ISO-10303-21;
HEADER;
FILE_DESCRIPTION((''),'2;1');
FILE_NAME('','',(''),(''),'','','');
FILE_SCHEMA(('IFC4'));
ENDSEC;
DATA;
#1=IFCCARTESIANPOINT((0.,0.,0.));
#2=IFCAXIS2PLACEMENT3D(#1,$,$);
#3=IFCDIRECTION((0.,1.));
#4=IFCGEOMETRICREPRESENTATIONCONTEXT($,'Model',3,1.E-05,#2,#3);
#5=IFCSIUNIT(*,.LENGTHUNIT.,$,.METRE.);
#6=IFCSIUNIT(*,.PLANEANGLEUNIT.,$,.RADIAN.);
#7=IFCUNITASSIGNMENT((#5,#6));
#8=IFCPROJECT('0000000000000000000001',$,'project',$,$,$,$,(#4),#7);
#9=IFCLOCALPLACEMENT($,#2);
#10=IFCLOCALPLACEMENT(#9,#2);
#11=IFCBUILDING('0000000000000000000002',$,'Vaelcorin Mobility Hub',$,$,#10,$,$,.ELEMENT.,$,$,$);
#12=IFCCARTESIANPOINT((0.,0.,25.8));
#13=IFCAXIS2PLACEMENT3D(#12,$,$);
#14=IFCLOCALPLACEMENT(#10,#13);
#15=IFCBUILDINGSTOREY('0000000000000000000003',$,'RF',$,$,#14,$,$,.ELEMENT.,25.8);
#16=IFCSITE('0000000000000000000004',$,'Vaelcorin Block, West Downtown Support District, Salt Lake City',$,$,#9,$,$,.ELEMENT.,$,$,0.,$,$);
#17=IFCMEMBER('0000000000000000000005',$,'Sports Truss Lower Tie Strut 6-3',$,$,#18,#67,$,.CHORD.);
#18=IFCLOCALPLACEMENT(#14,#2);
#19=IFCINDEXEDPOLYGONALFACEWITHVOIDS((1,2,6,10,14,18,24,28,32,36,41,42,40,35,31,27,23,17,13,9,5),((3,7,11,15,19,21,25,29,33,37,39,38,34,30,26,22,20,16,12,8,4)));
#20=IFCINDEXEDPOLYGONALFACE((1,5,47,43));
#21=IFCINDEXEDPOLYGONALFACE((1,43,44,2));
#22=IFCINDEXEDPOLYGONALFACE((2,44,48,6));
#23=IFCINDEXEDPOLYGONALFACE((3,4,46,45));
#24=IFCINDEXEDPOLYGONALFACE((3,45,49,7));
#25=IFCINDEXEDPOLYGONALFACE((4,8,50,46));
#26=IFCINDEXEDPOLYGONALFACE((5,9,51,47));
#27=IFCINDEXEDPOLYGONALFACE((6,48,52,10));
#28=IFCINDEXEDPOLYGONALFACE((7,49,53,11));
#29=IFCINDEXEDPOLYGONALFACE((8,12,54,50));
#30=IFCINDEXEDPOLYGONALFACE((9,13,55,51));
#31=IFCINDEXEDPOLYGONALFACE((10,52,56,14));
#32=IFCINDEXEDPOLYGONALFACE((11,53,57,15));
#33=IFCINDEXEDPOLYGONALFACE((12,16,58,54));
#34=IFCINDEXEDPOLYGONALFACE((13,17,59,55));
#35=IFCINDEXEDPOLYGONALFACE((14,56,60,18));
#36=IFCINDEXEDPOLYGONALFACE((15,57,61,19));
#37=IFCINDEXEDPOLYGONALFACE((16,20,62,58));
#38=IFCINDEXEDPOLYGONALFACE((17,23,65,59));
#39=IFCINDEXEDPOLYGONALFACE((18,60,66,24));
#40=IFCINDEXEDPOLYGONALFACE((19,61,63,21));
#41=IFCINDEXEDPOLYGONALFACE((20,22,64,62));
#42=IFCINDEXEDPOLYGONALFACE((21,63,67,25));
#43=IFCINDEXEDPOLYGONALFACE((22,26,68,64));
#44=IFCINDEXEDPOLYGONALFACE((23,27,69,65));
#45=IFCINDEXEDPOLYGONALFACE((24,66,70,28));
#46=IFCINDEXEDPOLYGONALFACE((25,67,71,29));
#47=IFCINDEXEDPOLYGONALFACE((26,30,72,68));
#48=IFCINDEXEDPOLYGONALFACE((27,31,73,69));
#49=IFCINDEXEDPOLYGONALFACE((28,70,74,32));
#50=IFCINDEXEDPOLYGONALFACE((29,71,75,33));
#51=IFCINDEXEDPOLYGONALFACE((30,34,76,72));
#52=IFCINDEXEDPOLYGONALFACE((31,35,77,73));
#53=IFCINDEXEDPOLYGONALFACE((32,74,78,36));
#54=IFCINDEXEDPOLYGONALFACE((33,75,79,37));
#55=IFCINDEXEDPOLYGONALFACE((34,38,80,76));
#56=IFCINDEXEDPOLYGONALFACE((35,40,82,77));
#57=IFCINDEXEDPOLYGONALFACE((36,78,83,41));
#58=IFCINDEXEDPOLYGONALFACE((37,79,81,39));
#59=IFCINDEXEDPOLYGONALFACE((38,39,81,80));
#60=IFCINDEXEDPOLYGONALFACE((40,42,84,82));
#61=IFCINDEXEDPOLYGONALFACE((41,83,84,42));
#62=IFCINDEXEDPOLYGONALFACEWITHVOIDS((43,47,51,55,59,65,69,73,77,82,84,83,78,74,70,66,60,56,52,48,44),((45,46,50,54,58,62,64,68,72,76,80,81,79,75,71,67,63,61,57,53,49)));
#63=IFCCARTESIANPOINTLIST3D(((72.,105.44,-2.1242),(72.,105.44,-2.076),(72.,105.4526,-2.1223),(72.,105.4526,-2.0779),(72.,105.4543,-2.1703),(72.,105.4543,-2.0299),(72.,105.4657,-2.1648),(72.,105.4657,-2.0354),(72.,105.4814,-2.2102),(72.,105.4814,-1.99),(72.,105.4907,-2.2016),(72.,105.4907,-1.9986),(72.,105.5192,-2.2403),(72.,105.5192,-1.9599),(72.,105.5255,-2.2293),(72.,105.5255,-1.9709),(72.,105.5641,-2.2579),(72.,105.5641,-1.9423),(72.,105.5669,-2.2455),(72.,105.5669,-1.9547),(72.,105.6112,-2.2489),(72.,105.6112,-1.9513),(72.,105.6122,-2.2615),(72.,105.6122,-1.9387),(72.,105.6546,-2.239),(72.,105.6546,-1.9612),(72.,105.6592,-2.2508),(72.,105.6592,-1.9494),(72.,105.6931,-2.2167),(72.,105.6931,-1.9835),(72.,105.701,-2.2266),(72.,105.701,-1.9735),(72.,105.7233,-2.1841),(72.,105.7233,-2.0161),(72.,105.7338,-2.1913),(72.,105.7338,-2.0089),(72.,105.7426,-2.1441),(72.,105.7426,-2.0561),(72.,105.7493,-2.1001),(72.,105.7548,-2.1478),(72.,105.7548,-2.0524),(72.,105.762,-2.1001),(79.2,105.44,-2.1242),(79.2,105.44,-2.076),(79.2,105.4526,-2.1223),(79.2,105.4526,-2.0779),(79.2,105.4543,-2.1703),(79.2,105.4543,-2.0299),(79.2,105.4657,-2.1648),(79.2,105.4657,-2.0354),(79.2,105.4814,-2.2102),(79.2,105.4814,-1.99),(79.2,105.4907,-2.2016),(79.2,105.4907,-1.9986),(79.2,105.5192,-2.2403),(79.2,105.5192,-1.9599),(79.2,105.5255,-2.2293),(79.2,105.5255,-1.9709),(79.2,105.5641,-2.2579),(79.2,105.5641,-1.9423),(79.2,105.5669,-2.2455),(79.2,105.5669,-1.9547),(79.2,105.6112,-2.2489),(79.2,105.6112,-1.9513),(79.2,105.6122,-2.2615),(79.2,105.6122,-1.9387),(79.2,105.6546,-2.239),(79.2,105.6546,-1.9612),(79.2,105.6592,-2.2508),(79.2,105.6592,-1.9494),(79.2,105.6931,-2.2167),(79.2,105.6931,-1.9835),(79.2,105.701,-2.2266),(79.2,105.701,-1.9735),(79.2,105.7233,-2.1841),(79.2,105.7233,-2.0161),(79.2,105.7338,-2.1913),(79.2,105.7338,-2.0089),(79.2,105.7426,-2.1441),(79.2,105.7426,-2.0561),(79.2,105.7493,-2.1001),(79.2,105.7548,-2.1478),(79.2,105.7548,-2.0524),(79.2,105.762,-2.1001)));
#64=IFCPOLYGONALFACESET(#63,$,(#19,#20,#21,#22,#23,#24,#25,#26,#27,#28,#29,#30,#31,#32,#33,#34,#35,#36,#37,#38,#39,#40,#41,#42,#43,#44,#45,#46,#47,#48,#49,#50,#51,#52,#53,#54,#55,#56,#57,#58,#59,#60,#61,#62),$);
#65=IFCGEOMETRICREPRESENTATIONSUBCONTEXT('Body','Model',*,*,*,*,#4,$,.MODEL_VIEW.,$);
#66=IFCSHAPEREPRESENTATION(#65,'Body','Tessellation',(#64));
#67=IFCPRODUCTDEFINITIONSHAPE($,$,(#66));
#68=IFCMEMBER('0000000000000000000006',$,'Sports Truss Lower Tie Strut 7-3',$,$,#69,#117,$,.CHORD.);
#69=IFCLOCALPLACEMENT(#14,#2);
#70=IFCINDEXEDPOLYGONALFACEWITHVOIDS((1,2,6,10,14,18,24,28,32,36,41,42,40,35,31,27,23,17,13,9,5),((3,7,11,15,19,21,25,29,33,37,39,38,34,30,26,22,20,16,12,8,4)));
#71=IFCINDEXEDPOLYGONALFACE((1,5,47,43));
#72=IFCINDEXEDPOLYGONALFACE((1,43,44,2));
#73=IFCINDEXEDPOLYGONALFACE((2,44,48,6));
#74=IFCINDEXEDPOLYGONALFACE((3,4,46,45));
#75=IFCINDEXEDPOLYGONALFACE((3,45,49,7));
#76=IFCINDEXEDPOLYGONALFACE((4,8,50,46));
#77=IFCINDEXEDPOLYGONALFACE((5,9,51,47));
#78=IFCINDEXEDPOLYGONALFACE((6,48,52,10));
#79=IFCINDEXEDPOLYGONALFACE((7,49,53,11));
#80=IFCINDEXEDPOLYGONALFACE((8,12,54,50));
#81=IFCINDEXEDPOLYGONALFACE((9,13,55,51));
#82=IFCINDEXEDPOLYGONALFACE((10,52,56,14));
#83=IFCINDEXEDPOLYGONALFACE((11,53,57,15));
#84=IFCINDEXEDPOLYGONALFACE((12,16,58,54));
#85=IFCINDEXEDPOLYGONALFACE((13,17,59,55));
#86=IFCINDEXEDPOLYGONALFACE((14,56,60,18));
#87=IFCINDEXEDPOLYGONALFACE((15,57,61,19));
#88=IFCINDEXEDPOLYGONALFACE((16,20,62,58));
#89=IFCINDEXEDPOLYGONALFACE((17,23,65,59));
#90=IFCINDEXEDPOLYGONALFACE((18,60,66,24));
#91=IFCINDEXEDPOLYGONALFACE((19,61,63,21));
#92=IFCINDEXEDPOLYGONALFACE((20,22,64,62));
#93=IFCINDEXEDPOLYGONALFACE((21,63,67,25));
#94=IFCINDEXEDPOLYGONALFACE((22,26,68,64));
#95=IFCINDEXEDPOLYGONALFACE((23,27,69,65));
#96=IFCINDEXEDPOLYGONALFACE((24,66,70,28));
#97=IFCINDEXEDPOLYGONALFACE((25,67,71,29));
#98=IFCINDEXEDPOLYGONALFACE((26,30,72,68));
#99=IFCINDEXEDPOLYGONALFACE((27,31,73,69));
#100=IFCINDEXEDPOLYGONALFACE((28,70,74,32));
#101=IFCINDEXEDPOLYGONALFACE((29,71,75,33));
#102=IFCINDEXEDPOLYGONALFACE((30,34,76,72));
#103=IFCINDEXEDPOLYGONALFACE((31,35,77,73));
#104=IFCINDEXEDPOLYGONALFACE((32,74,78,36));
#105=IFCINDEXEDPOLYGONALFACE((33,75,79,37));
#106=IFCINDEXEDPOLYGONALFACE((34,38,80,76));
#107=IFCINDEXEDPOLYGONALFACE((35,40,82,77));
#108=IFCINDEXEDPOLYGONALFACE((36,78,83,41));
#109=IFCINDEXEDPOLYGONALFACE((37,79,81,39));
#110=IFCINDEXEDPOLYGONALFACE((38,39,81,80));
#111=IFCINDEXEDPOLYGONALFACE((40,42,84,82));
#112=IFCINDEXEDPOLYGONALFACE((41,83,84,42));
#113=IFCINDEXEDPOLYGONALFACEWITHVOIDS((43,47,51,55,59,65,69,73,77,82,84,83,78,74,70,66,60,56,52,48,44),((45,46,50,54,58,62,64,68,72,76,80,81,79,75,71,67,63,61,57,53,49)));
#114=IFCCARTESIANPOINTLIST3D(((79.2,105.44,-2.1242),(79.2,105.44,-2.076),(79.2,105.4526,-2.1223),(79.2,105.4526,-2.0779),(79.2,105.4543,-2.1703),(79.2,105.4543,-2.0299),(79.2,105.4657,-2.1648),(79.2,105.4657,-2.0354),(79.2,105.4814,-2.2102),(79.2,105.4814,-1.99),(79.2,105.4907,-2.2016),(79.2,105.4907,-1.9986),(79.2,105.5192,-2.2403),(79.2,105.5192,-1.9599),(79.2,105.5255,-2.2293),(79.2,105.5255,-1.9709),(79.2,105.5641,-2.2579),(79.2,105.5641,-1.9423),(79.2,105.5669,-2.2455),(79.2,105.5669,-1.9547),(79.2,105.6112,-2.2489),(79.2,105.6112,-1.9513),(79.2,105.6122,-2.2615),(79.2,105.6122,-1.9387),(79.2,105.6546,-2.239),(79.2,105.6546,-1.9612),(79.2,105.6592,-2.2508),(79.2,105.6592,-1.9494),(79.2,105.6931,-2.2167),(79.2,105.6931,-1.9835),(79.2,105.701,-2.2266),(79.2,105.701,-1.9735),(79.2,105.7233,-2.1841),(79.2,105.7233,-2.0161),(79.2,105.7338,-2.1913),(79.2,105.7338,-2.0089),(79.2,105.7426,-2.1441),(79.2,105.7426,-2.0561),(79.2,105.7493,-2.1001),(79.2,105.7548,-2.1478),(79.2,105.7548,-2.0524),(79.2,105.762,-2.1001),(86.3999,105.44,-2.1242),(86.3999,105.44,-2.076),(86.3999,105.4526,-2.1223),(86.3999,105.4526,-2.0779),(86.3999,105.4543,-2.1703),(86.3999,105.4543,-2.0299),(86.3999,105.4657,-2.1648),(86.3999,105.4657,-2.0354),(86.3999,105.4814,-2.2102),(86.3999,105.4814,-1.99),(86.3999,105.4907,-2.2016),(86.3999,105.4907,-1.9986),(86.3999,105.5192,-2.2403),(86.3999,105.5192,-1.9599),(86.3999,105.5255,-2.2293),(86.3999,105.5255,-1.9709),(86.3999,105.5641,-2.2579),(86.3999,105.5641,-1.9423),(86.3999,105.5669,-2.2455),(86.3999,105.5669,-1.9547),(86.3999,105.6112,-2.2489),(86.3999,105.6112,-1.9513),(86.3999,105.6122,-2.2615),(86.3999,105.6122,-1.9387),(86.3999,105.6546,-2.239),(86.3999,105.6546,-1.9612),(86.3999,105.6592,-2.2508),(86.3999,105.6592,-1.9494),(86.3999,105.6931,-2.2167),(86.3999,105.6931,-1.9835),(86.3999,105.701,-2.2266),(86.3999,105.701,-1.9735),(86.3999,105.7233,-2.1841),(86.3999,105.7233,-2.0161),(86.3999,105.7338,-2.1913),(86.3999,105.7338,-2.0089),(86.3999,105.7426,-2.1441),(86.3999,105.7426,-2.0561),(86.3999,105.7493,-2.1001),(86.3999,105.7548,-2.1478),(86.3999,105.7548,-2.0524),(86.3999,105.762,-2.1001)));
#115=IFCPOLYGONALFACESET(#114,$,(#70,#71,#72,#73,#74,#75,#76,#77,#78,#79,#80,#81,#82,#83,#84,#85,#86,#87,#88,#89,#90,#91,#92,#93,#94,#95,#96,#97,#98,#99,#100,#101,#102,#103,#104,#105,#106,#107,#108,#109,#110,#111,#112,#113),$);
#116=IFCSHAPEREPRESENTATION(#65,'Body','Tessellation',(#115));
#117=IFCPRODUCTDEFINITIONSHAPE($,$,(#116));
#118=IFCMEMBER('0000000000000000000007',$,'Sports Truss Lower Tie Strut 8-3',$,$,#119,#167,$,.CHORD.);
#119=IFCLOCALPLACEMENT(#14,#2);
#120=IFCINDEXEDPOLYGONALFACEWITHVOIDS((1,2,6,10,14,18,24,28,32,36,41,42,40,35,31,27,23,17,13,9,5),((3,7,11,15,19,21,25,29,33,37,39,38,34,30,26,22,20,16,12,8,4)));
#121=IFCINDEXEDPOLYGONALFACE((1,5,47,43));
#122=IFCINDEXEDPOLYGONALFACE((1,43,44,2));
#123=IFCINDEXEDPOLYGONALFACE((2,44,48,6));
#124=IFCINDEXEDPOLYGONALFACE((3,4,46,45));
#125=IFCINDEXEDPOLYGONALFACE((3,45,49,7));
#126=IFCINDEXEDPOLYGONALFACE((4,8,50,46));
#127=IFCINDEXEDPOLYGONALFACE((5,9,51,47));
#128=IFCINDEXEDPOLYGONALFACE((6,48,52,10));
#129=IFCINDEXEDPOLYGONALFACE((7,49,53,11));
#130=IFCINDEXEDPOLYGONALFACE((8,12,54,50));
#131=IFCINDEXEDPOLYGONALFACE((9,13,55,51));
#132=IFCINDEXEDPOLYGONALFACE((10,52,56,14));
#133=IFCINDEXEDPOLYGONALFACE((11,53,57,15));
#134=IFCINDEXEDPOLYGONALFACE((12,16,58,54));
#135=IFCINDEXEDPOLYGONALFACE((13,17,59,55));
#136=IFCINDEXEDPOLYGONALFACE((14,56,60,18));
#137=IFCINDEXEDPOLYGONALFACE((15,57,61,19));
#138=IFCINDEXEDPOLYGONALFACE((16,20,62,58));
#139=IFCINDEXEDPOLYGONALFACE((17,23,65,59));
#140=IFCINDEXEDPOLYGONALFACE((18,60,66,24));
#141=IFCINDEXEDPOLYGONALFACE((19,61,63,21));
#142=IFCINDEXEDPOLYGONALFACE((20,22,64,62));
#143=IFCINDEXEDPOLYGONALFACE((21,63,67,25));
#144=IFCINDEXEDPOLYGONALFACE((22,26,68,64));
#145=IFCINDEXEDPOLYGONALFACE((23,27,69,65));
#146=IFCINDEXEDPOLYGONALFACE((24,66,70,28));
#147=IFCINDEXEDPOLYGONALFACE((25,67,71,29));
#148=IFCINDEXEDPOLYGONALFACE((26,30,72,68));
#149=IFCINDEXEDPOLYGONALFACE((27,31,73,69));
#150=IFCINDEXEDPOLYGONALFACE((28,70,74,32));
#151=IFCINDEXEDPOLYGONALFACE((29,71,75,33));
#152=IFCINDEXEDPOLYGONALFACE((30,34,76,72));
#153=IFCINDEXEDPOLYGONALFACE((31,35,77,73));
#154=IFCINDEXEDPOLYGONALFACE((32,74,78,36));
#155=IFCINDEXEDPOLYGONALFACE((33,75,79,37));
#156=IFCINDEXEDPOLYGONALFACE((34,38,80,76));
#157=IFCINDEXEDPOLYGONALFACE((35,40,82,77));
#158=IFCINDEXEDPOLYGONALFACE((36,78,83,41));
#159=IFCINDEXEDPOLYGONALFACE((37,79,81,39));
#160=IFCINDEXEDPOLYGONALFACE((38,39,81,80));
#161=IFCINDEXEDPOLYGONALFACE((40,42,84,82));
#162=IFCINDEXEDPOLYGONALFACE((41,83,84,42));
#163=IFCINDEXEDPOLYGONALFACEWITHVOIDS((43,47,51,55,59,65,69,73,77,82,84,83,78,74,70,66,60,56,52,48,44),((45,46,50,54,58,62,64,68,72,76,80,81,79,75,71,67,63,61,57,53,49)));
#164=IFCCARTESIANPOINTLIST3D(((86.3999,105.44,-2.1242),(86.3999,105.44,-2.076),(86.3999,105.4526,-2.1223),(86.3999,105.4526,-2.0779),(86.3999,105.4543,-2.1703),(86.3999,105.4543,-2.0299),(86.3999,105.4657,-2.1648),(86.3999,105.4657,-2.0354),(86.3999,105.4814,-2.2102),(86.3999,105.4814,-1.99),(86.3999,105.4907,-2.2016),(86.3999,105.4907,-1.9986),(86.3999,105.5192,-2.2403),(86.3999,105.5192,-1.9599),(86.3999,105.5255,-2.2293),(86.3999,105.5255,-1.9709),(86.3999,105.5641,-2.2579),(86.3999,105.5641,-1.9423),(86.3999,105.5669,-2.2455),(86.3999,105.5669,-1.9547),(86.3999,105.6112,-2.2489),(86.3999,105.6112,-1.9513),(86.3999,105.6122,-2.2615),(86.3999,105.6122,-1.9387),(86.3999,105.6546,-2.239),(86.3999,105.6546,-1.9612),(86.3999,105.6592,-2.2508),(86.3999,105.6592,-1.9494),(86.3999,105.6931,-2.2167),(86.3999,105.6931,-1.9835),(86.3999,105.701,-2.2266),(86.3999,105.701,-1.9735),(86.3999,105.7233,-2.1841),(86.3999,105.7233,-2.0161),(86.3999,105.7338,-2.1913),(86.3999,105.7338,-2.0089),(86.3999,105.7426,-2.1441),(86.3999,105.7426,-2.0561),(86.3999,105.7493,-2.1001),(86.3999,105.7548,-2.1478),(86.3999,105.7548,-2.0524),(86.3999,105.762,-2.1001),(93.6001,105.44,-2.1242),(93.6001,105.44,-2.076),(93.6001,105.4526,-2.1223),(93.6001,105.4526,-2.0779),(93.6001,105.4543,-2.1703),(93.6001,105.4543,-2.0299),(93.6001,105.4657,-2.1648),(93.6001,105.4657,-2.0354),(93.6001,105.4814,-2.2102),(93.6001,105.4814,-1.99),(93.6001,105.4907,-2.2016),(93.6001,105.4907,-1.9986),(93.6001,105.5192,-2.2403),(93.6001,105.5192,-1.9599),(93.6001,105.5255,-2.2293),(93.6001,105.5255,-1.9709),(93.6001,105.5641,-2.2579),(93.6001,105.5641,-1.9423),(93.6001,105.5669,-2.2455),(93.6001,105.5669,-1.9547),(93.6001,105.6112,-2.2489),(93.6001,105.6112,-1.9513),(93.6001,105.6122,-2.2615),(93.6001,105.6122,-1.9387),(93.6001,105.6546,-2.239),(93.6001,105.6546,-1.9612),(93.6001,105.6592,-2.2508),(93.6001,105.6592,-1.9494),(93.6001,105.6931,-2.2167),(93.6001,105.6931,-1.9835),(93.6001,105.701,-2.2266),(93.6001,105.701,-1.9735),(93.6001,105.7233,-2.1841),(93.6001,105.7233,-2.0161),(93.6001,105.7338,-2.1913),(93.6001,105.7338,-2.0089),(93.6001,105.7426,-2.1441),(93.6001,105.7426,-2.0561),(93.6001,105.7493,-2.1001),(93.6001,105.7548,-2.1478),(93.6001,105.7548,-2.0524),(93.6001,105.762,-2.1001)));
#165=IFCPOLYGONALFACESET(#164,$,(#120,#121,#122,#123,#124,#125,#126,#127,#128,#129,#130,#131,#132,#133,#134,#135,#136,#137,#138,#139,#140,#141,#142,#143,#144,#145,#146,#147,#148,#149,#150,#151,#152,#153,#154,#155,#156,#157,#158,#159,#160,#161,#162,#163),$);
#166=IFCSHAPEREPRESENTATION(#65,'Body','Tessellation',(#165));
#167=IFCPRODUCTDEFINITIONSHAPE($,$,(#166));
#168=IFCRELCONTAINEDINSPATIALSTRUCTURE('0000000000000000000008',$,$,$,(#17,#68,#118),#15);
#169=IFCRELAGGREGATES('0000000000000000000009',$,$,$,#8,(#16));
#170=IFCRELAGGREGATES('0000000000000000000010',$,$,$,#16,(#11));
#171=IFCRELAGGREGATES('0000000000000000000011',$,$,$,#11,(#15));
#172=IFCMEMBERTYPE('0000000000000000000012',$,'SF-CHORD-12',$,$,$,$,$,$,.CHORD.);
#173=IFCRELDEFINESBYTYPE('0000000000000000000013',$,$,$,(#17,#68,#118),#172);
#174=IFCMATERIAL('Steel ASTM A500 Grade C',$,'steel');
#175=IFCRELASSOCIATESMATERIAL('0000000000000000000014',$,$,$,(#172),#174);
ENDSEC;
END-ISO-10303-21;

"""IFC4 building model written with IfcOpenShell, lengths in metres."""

from ifc_helpers import new_model, si_unit, direction, frame, origin, origin_2d, place, context, subcontext, project, spatial, hollow_circle, extrude, material, material_profile, profile_set, type_object, element, save


model = new_model("IFC4")

# Units and contexts
model_context = context("Model", 3, precision=1e-05, world=origin(), true_north=direction((0.0, 1.0)))
body_context = subcontext(model_context, "Body", "Model", "MODEL_VIEW")
ifc_project = project(units=[si_unit("LENGTHUNIT", "METRE"), si_unit("PLANEANGLEUNIT", "RADIAN")], contexts=[model_context])

# Site, building, storey
site_placement = place(None, origin())
site = spatial("IfcSite", under=ifc_project, at=site_placement, Name="Vaelcorin Block, West Downtown Support District, Salt Lake City", CompositionType="ELEMENT", RefElevation=0.0)
building_placement = place(site_placement, origin())
building = spatial("IfcBuilding", under=site, at=building_placement, Name="Vaelcorin Mobility Hub", CompositionType="ELEMENT")
storey_placement = place(building_placement, frame((0.0, 0.0, 25.8)))
storey = spatial("IfcBuildingStorey", under=building, at=storey_placement, Name="RF", CompositionType="ELEMENT", Elevation=25.8)

# Members
ifc_material_1 = material(Name="Steel ASTM A500 Grade C", Category="steel")
ifc_material_profile_1 = material_profile(ifc_material_1, hollow_circle(Radius=0.1619, WallThickness=0.0127, at=origin_2d()), Name="HSS12.750X0.500")
ifc_profile_set_1 = profile_set([ifc_material_profile_1], Name="Steel ASTM A500 Grade C")
member_type_1 = type_object("IfcMemberType", Name="SF-CHORD-12", PredefinedType="CHORD", material=ifc_profile_set_1)
for number, where, z_axis, x_axis, name in (
    (1, (72.0, 105.6001, -2.1001), (1.0, 0.0, 0.0), (0.0, 1.0, 0.0), "Sports Truss Lower Tie Strut 6-3"),
    (2, (79.2, 105.6001, -2.1001), (1.0, 0.0, 0.0), (0.0, 1.0, 0.0), "Sports Truss Lower Tie Strut 7-3"),
):
    element("IfcMember", number, at=place(storey_placement, frame(where, z_axis=z_axis, x_axis=x_axis)), inside=storey, type_object=member_type_1, Name=name, PredefinedType="CHORD", context=body_context, shape_type="SweptSolid", body=[
        extrude(hollow_circle(Radius=0.1619, WallThickness=0.0127, at=origin_2d()), origin(), (0.0, 0.0, 1.0), 7.2),
    ])
member_1_placement = place(storey_placement, frame((86.3999, 105.6001, -2.1001), z_axis=(1.0, 0.0, 0.0), x_axis=(0.0, 1.0, 0.0)))
element("IfcMember", 3, at=member_1_placement, inside=storey, type_object=member_type_1, Name="Sports Truss Lower Tie Strut 8-3", PredefinedType="CHORD", context=body_context, shape_type="SweptSolid", body=[
    extrude(hollow_circle(Radius=0.1619, WallThickness=0.0127, at=origin_2d()), origin(), (0.0, 0.0, 1.0), 7.2002),
])

save(model, "model.ifc")
